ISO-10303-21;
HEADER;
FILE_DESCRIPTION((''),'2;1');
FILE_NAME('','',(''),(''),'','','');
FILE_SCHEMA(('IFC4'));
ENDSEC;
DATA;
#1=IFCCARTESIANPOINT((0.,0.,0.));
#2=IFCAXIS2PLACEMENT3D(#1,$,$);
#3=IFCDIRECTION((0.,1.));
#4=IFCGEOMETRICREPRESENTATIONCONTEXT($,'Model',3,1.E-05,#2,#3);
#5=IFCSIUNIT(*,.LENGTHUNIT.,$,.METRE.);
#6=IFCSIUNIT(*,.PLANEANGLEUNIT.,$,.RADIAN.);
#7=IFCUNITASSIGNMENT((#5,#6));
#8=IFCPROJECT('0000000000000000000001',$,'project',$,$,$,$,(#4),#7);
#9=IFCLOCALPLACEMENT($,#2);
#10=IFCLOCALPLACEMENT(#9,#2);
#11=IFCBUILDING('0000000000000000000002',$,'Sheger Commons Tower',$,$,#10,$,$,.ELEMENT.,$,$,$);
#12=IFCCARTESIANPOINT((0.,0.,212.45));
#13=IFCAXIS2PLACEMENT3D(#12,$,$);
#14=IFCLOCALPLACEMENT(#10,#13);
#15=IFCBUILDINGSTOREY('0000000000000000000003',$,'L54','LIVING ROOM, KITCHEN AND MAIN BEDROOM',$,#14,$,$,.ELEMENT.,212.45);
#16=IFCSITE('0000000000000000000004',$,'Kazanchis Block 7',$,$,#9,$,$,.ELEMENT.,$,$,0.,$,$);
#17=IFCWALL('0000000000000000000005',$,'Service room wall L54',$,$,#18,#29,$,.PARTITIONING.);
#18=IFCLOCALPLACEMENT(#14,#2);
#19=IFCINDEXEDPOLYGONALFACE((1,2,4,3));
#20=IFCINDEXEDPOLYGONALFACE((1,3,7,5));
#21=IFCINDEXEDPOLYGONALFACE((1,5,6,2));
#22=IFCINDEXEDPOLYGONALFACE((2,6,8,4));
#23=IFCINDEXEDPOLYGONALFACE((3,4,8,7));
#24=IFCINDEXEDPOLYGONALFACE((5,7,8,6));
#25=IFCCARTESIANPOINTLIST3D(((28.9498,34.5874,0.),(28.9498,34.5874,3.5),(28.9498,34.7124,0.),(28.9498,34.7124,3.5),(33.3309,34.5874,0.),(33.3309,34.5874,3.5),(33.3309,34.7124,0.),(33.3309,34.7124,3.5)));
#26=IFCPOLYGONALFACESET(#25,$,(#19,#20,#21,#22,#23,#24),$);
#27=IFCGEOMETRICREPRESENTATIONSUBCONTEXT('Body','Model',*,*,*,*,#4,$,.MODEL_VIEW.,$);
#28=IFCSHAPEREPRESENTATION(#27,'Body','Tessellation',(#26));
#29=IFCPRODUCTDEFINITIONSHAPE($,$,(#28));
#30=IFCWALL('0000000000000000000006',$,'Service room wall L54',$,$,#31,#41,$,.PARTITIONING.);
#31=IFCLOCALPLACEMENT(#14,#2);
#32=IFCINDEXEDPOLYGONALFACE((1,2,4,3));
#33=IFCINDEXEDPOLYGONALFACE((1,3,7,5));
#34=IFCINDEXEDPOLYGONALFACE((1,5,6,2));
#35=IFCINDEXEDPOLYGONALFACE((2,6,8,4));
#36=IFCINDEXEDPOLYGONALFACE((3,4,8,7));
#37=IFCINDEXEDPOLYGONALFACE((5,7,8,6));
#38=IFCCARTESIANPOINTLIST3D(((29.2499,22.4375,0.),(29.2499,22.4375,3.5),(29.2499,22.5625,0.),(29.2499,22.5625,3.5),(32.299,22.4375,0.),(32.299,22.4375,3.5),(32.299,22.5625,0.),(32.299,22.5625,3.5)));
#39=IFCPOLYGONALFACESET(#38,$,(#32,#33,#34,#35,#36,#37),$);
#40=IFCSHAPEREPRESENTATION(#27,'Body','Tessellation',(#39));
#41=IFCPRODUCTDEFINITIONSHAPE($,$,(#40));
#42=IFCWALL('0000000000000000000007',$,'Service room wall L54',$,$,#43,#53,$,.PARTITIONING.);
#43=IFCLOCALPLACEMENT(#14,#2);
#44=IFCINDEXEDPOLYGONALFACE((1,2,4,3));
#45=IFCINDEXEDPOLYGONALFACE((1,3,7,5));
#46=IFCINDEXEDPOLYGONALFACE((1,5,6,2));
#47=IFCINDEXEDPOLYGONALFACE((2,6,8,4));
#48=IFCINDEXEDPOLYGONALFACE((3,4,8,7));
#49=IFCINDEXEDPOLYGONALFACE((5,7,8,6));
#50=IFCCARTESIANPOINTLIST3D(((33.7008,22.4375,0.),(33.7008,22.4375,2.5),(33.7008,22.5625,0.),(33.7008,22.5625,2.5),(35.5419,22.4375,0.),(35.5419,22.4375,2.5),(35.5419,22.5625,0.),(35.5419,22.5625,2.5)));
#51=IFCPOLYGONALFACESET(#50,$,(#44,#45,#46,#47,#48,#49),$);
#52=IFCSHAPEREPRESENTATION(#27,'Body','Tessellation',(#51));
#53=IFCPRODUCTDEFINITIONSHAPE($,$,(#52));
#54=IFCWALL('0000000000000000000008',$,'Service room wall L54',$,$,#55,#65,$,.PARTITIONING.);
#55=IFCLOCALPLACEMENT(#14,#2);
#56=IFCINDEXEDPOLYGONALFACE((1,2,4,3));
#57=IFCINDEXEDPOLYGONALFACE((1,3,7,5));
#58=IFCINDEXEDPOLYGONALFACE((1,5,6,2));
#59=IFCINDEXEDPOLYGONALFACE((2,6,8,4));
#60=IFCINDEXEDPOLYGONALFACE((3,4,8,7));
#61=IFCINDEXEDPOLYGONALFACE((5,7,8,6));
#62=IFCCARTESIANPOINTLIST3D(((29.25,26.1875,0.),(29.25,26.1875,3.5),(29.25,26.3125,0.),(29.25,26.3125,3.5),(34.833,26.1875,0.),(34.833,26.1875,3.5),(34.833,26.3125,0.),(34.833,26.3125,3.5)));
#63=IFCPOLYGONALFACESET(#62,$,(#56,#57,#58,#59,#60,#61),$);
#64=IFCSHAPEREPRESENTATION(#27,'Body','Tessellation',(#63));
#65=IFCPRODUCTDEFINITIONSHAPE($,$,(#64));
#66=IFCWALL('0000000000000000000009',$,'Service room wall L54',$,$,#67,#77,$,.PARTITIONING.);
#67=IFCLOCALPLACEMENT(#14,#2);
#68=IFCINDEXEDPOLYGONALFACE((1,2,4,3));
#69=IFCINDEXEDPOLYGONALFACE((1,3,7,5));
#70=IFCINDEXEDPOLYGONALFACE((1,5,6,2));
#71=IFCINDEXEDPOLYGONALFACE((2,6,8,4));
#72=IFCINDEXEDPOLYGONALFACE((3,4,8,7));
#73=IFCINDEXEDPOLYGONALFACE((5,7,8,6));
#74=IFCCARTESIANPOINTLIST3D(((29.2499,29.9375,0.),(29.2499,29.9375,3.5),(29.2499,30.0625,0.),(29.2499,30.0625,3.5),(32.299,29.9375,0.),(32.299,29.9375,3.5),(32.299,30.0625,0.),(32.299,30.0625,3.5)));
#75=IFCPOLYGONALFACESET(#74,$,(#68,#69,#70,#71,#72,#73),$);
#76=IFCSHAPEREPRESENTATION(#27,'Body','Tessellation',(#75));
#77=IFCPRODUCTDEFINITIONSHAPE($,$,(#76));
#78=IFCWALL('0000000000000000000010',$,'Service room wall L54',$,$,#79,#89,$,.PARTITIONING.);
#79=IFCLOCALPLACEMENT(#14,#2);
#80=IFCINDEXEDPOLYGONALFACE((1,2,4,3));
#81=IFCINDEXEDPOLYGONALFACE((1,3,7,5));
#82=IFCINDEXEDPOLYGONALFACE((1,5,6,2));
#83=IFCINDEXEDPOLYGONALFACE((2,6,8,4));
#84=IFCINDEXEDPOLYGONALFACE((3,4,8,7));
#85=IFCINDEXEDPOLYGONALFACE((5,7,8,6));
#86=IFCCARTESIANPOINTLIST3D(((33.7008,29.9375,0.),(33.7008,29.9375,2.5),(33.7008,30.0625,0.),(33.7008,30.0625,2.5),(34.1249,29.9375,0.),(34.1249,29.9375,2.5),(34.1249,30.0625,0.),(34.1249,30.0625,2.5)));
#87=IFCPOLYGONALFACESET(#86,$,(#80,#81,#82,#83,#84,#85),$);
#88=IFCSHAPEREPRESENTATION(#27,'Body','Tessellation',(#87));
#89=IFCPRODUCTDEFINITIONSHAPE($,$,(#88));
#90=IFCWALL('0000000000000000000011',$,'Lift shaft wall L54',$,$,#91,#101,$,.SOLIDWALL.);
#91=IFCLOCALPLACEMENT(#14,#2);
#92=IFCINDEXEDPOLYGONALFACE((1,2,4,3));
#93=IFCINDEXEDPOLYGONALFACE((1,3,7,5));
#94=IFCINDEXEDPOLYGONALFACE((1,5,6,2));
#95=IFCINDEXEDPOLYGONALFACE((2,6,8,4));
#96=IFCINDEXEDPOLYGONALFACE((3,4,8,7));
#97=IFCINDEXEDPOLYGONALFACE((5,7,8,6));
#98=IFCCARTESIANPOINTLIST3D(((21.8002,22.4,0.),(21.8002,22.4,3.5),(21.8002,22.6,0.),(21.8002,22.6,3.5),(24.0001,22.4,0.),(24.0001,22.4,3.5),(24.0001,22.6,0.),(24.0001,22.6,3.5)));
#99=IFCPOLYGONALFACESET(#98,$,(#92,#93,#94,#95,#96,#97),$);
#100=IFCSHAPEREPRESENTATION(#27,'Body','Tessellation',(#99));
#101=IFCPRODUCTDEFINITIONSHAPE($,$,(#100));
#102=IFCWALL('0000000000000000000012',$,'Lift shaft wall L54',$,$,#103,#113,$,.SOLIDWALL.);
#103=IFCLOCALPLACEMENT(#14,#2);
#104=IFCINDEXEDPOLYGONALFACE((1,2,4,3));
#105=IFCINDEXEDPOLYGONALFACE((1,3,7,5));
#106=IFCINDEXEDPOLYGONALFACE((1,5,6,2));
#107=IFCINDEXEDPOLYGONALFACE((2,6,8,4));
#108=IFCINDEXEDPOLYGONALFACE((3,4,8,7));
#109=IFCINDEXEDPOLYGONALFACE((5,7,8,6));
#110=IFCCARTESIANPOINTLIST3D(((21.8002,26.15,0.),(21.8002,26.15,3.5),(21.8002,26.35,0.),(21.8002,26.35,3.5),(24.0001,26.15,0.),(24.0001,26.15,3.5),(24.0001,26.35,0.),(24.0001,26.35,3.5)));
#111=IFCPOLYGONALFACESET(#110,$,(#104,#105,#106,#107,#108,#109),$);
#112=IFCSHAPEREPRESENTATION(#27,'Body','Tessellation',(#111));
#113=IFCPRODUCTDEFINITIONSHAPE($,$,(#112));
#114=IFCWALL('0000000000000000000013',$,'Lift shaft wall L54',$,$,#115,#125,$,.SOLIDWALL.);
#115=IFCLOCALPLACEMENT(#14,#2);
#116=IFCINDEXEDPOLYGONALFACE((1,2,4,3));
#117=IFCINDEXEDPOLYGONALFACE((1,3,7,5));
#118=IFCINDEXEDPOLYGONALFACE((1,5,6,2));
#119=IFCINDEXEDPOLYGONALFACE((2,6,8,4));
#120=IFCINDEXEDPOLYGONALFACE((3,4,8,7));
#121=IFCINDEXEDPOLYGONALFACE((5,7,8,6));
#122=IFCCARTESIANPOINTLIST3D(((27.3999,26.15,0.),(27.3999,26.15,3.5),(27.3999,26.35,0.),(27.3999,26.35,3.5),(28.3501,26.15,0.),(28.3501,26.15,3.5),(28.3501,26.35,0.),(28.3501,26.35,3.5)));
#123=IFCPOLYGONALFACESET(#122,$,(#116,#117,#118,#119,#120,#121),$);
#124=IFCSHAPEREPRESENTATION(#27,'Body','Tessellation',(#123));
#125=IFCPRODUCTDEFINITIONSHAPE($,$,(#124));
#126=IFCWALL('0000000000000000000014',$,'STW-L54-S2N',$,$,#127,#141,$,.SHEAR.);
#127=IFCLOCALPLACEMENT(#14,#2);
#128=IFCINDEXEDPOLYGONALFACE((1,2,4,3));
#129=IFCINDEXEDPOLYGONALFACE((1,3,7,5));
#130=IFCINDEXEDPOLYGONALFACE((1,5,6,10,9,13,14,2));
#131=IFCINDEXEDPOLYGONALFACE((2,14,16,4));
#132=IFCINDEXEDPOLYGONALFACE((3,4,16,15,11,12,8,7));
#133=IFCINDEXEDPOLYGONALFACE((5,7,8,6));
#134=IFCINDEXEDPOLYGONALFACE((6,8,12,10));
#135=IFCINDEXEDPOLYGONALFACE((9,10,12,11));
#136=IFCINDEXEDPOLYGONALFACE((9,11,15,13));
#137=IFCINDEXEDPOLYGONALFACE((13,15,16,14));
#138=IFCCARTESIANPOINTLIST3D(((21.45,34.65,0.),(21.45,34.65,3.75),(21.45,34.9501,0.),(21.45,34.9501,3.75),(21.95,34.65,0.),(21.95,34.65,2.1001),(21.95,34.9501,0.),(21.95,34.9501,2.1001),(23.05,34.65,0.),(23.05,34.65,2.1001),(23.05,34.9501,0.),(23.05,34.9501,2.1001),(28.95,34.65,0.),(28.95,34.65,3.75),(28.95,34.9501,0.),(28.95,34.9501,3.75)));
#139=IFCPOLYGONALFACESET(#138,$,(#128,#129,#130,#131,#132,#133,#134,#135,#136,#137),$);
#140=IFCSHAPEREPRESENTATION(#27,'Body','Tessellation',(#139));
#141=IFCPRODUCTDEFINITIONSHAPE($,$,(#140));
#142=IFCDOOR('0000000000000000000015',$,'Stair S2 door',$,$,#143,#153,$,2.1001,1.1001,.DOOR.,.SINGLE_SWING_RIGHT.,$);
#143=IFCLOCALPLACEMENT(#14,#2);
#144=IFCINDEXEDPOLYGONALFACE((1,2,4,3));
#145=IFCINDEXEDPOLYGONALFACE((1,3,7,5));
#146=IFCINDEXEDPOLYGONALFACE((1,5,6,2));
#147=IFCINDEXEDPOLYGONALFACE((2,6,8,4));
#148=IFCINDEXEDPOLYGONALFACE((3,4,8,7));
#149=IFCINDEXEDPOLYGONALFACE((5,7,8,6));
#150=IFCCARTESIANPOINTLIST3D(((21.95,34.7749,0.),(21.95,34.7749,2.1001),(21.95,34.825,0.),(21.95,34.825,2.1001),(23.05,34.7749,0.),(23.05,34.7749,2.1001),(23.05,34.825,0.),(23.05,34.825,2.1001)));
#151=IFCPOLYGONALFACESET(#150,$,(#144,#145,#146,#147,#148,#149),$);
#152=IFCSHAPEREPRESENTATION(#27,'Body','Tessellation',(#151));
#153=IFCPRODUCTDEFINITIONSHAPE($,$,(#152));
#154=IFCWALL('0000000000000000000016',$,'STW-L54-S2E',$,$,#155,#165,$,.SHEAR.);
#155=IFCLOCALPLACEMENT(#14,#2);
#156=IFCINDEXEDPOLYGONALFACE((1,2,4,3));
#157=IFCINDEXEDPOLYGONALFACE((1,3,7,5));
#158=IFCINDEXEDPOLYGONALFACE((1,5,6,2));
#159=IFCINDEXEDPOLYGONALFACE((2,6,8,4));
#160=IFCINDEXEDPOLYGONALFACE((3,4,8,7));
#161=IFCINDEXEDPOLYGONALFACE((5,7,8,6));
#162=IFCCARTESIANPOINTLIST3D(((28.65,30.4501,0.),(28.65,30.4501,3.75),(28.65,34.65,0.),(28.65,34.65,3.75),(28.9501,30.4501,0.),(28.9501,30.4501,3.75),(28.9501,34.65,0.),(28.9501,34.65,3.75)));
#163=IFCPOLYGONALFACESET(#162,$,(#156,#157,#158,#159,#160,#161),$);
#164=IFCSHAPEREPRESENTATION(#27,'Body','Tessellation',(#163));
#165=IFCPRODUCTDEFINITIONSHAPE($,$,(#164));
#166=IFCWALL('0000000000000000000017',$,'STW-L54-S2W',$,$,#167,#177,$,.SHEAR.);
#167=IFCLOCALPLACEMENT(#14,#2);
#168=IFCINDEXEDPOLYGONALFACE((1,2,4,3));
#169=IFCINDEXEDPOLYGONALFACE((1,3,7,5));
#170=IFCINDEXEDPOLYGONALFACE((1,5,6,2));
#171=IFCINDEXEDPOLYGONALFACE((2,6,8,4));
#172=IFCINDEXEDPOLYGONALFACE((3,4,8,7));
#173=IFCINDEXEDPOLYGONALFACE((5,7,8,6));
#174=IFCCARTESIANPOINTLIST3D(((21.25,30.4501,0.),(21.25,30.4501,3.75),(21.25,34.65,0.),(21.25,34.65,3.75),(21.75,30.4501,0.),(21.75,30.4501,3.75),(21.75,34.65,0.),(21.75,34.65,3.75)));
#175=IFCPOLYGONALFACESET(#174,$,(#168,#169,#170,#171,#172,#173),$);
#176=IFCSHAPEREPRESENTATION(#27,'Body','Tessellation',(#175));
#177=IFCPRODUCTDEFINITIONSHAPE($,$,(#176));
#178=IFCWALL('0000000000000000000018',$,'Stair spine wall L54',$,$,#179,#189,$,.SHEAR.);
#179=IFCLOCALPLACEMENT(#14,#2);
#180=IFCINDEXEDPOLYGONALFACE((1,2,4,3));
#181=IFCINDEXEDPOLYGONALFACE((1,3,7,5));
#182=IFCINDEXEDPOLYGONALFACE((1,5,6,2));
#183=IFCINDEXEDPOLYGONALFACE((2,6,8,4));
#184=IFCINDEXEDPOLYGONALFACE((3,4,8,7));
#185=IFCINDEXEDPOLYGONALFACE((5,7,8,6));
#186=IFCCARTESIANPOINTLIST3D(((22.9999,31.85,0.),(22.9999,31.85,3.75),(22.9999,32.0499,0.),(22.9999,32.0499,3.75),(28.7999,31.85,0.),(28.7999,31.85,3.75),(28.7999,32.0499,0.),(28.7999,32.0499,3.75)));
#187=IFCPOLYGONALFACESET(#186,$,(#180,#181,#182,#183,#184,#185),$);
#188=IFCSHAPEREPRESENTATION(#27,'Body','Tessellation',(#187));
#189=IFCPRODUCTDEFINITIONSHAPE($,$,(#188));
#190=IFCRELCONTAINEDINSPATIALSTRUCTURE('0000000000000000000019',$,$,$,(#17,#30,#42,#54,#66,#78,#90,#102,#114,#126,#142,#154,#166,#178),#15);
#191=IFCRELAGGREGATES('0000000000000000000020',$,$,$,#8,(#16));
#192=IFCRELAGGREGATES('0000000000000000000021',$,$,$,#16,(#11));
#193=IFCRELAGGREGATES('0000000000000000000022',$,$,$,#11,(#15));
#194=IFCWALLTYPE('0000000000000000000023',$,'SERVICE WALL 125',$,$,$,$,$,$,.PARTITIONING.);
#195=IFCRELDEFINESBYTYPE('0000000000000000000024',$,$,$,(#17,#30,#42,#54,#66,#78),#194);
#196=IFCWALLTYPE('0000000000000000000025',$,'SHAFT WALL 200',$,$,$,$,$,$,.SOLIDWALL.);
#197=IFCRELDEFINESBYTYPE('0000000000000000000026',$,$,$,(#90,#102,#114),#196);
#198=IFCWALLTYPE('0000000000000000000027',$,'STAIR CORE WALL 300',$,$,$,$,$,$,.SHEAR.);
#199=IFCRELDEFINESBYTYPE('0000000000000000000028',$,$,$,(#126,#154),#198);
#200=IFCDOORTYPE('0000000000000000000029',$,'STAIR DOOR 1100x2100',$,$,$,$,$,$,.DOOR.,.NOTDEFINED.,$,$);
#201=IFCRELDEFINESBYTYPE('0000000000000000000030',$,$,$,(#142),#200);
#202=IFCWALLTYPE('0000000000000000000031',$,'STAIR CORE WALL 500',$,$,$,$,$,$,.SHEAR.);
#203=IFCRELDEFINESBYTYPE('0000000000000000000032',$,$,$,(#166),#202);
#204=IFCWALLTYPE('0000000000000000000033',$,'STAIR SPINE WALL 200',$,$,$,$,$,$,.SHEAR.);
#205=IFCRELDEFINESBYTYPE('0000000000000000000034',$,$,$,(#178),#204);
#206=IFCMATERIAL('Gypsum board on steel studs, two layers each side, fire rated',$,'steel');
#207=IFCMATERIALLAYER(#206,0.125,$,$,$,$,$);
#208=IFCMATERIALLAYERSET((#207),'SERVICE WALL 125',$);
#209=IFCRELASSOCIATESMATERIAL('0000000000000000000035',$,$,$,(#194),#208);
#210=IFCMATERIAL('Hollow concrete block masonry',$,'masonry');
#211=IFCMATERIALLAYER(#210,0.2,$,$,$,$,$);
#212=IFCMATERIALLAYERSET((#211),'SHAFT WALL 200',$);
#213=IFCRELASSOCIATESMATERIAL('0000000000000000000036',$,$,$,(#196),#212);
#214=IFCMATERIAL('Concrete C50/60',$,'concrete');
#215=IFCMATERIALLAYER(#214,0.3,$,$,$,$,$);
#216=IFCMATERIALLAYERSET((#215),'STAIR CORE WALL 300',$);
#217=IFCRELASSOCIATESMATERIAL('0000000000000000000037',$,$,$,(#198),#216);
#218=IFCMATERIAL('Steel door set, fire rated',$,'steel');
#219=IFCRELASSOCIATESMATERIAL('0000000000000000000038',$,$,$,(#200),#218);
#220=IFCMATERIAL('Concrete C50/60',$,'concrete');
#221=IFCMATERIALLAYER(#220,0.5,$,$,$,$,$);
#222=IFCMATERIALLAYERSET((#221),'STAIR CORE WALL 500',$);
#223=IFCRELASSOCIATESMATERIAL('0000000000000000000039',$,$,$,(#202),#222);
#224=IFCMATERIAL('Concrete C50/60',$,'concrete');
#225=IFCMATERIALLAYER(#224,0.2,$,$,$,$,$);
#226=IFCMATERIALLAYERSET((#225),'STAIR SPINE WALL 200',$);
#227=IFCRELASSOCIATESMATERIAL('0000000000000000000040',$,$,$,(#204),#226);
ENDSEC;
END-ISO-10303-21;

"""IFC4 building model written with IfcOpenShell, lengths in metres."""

from ifc_helpers import new_model, si_unit, direction, frame, frame_2d, origin, place, context, subcontext, project, spatial, rectangle, extrude, material, layer, layer_set, type_object, element, fill, save


model = new_model("IFC4")

# Units and contexts
model_context = context("Model", 3, precision=1e-05, world=origin(), true_north=direction((0.0, 1.0)))
body_context = subcontext(model_context, "Body", "Model", "MODEL_VIEW")
ifc_project = project(units=[si_unit("LENGTHUNIT", "METRE"), si_unit("PLANEANGLEUNIT", "RADIAN")], contexts=[model_context])

# Site, building, storey
site_placement = place(None, origin())
site = spatial("IfcSite", under=ifc_project, at=site_placement, Name="Kazanchis Block 7", CompositionType="ELEMENT", RefElevation=0.0)
building_placement = place(site_placement, origin())
building = spatial("IfcBuilding", under=site, at=building_placement, Name="Sheger Commons Tower", CompositionType="ELEMENT")
storey_placement = place(building_placement, frame((0.0, 0.0, 212.45)))
storey = spatial("IfcBuildingStorey", under=building, at=storey_placement, Name="L54", Description="LIVING ROOM, KITCHEN AND MAIN BEDROOM", CompositionType="ELEMENT", Elevation=212.45)

# Walls
ifc_material_1 = material(Name="Gypsum board on steel studs, two layers each side, fire rated", Category="steel")
ifc_layer_1 = layer(ifc_material_1, 0.125)
ifc_layer_set_1 = layer_set([ifc_layer_1], Name="SERVICE WALL 125")
wall_type_1 = type_object("IfcWallType", Name="SERVICE WALL 125", PredefinedType="PARTITIONING", material=ifc_layer_set_1)
wall_1_placement = place(storey_placement, frame((28.95, 34.6499, 0.0), z_axis=(0.0, 0.0, 1.0), x_axis=(1.0, 0.0, 0.0)))
element("IfcWall", 1, at=wall_1_placement, inside=storey, type_object=wall_type_1, Name="Service room wall L54", PredefinedType="PARTITIONING", context=body_context, shape_type="SweptSolid", body=[
    extrude(rectangle(XDim=4.3811, YDim=0.125, at=frame_2d((2.1904, 0.0))), origin(), (0.0, 0.0, 1.0), 3.5),
])
wall_2_placement = place(storey_placement, frame((29.25, 22.5, 0.0), z_axis=(0.0, 0.0, 1.0), x_axis=(1.0, 0.0, 0.0)))
element("IfcWall", 2, at=wall_2_placement, inside=storey, type_object=wall_type_1, Name="Service room wall L54", PredefinedType="PARTITIONING", context=body_context, shape_type="SweptSolid", body=[
    extrude(rectangle(XDim=3.0491, YDim=0.125, at=frame_2d((1.5244, 0.0))), origin(), (0.0, 0.0, 1.0), 3.5),
])
wall_3_placement = place(storey_placement, frame((33.7009, 22.5, 0.0), z_axis=(0.0, 0.0, 1.0), x_axis=(1.0, 0.0, 0.0)))
element("IfcWall", 3, at=wall_3_placement, inside=storey, type_object=wall_type_1, Name="Service room wall L54", PredefinedType="PARTITIONING", context=body_context, shape_type="SweptSolid", body=[
    extrude(rectangle(XDim=1.8411, YDim=0.125, at=frame_2d((0.9204, 0.0))), origin(), (0.0, 0.0, 1.0), 2.5),
])
wall_4_placement = place(storey_placement, frame((29.25, 26.25, 0.0), z_axis=(0.0, 0.0, 1.0), x_axis=(1.0, 0.0, 0.0)))
element("IfcWall", 4, at=wall_4_placement, inside=storey, type_object=wall_type_1, Name="Service room wall L54", PredefinedType="PARTITIONING", context=body_context, shape_type="SweptSolid", body=[
    extrude(rectangle(XDim=5.583, YDim=0.125, at=frame_2d((2.7915, 0.0))), origin(), (0.0, 0.0, 1.0), 3.5),
])
wall_5_placement = place(storey_placement, frame((29.25, 30.0, 0.0), z_axis=(0.0, 0.0, 1.0), x_axis=(1.0, 0.0, 0.0)))
element("IfcWall", 5, at=wall_5_placement, inside=storey, type_object=wall_type_1, Name="Service room wall L54", PredefinedType="PARTITIONING", context=body_context, shape_type="SweptSolid", body=[
    extrude(rectangle(XDim=3.0491, YDim=0.125, at=frame_2d((1.5244, 0.0))), origin(), (0.0, 0.0, 1.0), 3.5),
])
wall_6_placement = place(storey_placement, frame((33.7009, 30.0, 0.0), z_axis=(0.0, 0.0, 1.0), x_axis=(1.0, 0.0, 0.0)))
element("IfcWall", 6, at=wall_6_placement, inside=storey, type_object=wall_type_1, Name="Service room wall L54", PredefinedType="PARTITIONING", context=body_context, shape_type="SweptSolid", body=[
    extrude(rectangle(XDim=0.4241, YDim=0.125, at=frame_2d((0.2119, 0.0))), origin(), (0.0, 0.0, 1.0), 2.5),
])
ifc_material_2 = material(Name="Hollow concrete block masonry", Category="masonry")
ifc_layer_2 = layer(ifc_material_2, 0.2)
ifc_layer_set_2 = layer_set([ifc_layer_2], Name="SHAFT WALL 200")
wall_type_2 = type_object("IfcWallType", Name="SHAFT WALL 200", PredefinedType="SOLIDWALL", material=ifc_layer_set_2)
for number, where, z_axis, x_axis, name in (
    (7, (21.8, 22.5, 0.0), (0.0, 0.0, 1.0), (1.0, 0.0, 0.0), "Lift shaft wall L54"),
    (8, (21.8, 26.25, 0.0), (0.0, 0.0, 1.0), (1.0, 0.0, 0.0), "Lift shaft wall L54"),
):
    element("IfcWall", number, at=place(storey_placement, frame(where, z_axis=z_axis, x_axis=x_axis)), inside=storey, type_object=wall_type_2, Name=name, PredefinedType="SOLIDWALL", context=body_context, shape_type="SweptSolid", body=[
        extrude(rectangle(XDim=2.2, YDim=0.2, at=frame_2d((1.1001, 0.0))), origin(), (0.0, 0.0, 1.0), 3.5),
    ])
wall_7_placement = place(storey_placement, frame((27.3999, 26.25, 0.0), z_axis=(0.0, 0.0, 1.0), x_axis=(1.0, 0.0, 0.0)))
element("IfcWall", 9, at=wall_7_placement, inside=storey, type_object=wall_type_2, Name="Lift shaft wall L54", PredefinedType="SOLIDWALL", context=body_context, shape_type="SweptSolid", body=[
    extrude(rectangle(XDim=0.9502, YDim=0.2, at=frame_2d((0.4751, 0.0))), origin(), (0.0, 0.0, 1.0), 3.5),
])

# Wall, opening, door
ifc_material_3 = material(Name="Concrete C50/60", Category="concrete")
ifc_layer_3 = layer(ifc_material_3, 0.3)
ifc_layer_set_3 = layer_set([ifc_layer_3], Name="STAIR CORE WALL 300")
wall_type_3 = type_object("IfcWallType", Name="STAIR CORE WALL 300", PredefinedType="SHEAR", material=ifc_layer_set_3)
wall_8_placement = place(storey_placement, frame((21.45, 34.8, 0.0), z_axis=(0.0, 0.0, 1.0), x_axis=(1.0, 0.0, 0.0)))
wall_8 = element("IfcWall", 10, at=wall_8_placement, inside=storey, type_object=wall_type_3, Name="STW-L54-S2N", PredefinedType="SHEAR", context=body_context, shape_type="SweptSolid", body=[
    extrude(rectangle(XDim=7.5, YDim=0.3, at=frame_2d((3.75, 0.0))), origin(), (0.0, 0.0, 1.0), 3.75),
])
opening_1_placement = place(wall_8_placement, frame((0.5, 0.0, 0.0)))
opening_1 = element("IfcOpeningElement", 11, at=opening_1_placement, cuts=wall_8, PredefinedType="OPENING", context=body_context, shape_type="SweptSolid", body=[
    extrude(rectangle(XDim=1.1001, YDim=2.1001, at=frame_2d((0.55, 1.05))), frame((0.0, 0.1599, 0.0), z_axis=(0.0, -1.0, 0.0), x_axis=(1.0, 0.0, 0.0)), (0.0, 0.0, 1.0), 0.3201),
])
ifc_material_4 = material(Name="Steel door set, fire rated", Category="steel")
door_type_1 = type_object("IfcDoorType", Name="STAIR DOOR 1100x2100", OperationType="NOTDEFINED", PredefinedType="DOOR", material=ifc_material_4)
door_1_placement = place(opening_1_placement, origin())
door_1 = element("IfcDoor", 12, at=door_1_placement, inside=storey, type_object=door_type_1, Name="Stair S2 door", OperationType="SINGLE_SWING_RIGHT", OverallHeight=2.1001, OverallWidth=1.1001, PredefinedType="DOOR", context=body_context, shape_type="SweptSolid", body=[
    extrude(rectangle(XDim=1.1001, YDim=2.1001, at=frame_2d((0.55, 1.05))), frame((0.0, 0.0249, 0.0), z_axis=(0.0, -1.0, 0.0), x_axis=(1.0, 0.0, 0.0)), (0.0, 0.0, 1.0), 0.05),
])
fill(opening_1, door_1)

# Walls
wall_9_placement = place(storey_placement, frame((28.8, 30.45, 0.0), z_axis=(0.0, 0.0, 1.0), x_axis=(0.0, 1.0, 0.0)))
element("IfcWall", 13, at=wall_9_placement, inside=storey, type_object=wall_type_3, Name="STW-L54-S2E", PredefinedType="SHEAR", context=body_context, shape_type="SweptSolid", body=[
    extrude(rectangle(XDim=4.2, YDim=0.3, at=frame_2d((2.1001, 0.0))), origin(), (0.0, 0.0, 1.0), 3.75),
])
ifc_material_5 = material(Name="Concrete C50/60", Category="concrete")
ifc_layer_4 = layer(ifc_material_5, 0.5)
ifc_layer_set_4 = layer_set([ifc_layer_4], Name="STAIR CORE WALL 500")
wall_type_4 = type_object("IfcWallType", Name="STAIR CORE WALL 500", PredefinedType="SHEAR", material=ifc_layer_set_4)
wall_10_placement = place(storey_placement, frame((21.5, 30.45, 0.0), z_axis=(0.0, 0.0, 1.0), x_axis=(0.0, 1.0, 0.0)))
element("IfcWall", 14, at=wall_10_placement, inside=storey, type_object=wall_type_4, Name="STW-L54-S2W", PredefinedType="SHEAR", context=body_context, shape_type="SweptSolid", body=[
    extrude(rectangle(XDim=4.2, YDim=0.5, at=frame_2d((2.1001, 0.0))), origin(), (0.0, 0.0, 1.0), 3.75),
])
ifc_material_6 = material(Name="Concrete C50/60", Category="concrete")
ifc_layer_5 = layer(ifc_material_6, 0.2)
ifc_layer_set_5 = layer_set([ifc_layer_5], Name="STAIR SPINE WALL 200")
wall_type_5 = type_object("IfcWallType", Name="STAIR SPINE WALL 200", PredefinedType="SHEAR", material=ifc_layer_set_5)
wall_11_placement = place(storey_placement, frame((23.0, 31.95, 0.0), z_axis=(0.0, 0.0, 1.0), x_axis=(1.0, 0.0, 0.0)))
element("IfcWall", 15, at=wall_11_placement, inside=storey, type_object=wall_type_5, Name="Stair spine wall L54", PredefinedType="SHEAR", context=body_context, shape_type="SweptSolid", body=[
    extrude(rectangle(XDim=5.8, YDim=0.2, at=frame_2d((2.8999, 0.0))), origin(), (0.0, 0.0, 1.0), 3.75),
])

save(model, "model.ifc")
